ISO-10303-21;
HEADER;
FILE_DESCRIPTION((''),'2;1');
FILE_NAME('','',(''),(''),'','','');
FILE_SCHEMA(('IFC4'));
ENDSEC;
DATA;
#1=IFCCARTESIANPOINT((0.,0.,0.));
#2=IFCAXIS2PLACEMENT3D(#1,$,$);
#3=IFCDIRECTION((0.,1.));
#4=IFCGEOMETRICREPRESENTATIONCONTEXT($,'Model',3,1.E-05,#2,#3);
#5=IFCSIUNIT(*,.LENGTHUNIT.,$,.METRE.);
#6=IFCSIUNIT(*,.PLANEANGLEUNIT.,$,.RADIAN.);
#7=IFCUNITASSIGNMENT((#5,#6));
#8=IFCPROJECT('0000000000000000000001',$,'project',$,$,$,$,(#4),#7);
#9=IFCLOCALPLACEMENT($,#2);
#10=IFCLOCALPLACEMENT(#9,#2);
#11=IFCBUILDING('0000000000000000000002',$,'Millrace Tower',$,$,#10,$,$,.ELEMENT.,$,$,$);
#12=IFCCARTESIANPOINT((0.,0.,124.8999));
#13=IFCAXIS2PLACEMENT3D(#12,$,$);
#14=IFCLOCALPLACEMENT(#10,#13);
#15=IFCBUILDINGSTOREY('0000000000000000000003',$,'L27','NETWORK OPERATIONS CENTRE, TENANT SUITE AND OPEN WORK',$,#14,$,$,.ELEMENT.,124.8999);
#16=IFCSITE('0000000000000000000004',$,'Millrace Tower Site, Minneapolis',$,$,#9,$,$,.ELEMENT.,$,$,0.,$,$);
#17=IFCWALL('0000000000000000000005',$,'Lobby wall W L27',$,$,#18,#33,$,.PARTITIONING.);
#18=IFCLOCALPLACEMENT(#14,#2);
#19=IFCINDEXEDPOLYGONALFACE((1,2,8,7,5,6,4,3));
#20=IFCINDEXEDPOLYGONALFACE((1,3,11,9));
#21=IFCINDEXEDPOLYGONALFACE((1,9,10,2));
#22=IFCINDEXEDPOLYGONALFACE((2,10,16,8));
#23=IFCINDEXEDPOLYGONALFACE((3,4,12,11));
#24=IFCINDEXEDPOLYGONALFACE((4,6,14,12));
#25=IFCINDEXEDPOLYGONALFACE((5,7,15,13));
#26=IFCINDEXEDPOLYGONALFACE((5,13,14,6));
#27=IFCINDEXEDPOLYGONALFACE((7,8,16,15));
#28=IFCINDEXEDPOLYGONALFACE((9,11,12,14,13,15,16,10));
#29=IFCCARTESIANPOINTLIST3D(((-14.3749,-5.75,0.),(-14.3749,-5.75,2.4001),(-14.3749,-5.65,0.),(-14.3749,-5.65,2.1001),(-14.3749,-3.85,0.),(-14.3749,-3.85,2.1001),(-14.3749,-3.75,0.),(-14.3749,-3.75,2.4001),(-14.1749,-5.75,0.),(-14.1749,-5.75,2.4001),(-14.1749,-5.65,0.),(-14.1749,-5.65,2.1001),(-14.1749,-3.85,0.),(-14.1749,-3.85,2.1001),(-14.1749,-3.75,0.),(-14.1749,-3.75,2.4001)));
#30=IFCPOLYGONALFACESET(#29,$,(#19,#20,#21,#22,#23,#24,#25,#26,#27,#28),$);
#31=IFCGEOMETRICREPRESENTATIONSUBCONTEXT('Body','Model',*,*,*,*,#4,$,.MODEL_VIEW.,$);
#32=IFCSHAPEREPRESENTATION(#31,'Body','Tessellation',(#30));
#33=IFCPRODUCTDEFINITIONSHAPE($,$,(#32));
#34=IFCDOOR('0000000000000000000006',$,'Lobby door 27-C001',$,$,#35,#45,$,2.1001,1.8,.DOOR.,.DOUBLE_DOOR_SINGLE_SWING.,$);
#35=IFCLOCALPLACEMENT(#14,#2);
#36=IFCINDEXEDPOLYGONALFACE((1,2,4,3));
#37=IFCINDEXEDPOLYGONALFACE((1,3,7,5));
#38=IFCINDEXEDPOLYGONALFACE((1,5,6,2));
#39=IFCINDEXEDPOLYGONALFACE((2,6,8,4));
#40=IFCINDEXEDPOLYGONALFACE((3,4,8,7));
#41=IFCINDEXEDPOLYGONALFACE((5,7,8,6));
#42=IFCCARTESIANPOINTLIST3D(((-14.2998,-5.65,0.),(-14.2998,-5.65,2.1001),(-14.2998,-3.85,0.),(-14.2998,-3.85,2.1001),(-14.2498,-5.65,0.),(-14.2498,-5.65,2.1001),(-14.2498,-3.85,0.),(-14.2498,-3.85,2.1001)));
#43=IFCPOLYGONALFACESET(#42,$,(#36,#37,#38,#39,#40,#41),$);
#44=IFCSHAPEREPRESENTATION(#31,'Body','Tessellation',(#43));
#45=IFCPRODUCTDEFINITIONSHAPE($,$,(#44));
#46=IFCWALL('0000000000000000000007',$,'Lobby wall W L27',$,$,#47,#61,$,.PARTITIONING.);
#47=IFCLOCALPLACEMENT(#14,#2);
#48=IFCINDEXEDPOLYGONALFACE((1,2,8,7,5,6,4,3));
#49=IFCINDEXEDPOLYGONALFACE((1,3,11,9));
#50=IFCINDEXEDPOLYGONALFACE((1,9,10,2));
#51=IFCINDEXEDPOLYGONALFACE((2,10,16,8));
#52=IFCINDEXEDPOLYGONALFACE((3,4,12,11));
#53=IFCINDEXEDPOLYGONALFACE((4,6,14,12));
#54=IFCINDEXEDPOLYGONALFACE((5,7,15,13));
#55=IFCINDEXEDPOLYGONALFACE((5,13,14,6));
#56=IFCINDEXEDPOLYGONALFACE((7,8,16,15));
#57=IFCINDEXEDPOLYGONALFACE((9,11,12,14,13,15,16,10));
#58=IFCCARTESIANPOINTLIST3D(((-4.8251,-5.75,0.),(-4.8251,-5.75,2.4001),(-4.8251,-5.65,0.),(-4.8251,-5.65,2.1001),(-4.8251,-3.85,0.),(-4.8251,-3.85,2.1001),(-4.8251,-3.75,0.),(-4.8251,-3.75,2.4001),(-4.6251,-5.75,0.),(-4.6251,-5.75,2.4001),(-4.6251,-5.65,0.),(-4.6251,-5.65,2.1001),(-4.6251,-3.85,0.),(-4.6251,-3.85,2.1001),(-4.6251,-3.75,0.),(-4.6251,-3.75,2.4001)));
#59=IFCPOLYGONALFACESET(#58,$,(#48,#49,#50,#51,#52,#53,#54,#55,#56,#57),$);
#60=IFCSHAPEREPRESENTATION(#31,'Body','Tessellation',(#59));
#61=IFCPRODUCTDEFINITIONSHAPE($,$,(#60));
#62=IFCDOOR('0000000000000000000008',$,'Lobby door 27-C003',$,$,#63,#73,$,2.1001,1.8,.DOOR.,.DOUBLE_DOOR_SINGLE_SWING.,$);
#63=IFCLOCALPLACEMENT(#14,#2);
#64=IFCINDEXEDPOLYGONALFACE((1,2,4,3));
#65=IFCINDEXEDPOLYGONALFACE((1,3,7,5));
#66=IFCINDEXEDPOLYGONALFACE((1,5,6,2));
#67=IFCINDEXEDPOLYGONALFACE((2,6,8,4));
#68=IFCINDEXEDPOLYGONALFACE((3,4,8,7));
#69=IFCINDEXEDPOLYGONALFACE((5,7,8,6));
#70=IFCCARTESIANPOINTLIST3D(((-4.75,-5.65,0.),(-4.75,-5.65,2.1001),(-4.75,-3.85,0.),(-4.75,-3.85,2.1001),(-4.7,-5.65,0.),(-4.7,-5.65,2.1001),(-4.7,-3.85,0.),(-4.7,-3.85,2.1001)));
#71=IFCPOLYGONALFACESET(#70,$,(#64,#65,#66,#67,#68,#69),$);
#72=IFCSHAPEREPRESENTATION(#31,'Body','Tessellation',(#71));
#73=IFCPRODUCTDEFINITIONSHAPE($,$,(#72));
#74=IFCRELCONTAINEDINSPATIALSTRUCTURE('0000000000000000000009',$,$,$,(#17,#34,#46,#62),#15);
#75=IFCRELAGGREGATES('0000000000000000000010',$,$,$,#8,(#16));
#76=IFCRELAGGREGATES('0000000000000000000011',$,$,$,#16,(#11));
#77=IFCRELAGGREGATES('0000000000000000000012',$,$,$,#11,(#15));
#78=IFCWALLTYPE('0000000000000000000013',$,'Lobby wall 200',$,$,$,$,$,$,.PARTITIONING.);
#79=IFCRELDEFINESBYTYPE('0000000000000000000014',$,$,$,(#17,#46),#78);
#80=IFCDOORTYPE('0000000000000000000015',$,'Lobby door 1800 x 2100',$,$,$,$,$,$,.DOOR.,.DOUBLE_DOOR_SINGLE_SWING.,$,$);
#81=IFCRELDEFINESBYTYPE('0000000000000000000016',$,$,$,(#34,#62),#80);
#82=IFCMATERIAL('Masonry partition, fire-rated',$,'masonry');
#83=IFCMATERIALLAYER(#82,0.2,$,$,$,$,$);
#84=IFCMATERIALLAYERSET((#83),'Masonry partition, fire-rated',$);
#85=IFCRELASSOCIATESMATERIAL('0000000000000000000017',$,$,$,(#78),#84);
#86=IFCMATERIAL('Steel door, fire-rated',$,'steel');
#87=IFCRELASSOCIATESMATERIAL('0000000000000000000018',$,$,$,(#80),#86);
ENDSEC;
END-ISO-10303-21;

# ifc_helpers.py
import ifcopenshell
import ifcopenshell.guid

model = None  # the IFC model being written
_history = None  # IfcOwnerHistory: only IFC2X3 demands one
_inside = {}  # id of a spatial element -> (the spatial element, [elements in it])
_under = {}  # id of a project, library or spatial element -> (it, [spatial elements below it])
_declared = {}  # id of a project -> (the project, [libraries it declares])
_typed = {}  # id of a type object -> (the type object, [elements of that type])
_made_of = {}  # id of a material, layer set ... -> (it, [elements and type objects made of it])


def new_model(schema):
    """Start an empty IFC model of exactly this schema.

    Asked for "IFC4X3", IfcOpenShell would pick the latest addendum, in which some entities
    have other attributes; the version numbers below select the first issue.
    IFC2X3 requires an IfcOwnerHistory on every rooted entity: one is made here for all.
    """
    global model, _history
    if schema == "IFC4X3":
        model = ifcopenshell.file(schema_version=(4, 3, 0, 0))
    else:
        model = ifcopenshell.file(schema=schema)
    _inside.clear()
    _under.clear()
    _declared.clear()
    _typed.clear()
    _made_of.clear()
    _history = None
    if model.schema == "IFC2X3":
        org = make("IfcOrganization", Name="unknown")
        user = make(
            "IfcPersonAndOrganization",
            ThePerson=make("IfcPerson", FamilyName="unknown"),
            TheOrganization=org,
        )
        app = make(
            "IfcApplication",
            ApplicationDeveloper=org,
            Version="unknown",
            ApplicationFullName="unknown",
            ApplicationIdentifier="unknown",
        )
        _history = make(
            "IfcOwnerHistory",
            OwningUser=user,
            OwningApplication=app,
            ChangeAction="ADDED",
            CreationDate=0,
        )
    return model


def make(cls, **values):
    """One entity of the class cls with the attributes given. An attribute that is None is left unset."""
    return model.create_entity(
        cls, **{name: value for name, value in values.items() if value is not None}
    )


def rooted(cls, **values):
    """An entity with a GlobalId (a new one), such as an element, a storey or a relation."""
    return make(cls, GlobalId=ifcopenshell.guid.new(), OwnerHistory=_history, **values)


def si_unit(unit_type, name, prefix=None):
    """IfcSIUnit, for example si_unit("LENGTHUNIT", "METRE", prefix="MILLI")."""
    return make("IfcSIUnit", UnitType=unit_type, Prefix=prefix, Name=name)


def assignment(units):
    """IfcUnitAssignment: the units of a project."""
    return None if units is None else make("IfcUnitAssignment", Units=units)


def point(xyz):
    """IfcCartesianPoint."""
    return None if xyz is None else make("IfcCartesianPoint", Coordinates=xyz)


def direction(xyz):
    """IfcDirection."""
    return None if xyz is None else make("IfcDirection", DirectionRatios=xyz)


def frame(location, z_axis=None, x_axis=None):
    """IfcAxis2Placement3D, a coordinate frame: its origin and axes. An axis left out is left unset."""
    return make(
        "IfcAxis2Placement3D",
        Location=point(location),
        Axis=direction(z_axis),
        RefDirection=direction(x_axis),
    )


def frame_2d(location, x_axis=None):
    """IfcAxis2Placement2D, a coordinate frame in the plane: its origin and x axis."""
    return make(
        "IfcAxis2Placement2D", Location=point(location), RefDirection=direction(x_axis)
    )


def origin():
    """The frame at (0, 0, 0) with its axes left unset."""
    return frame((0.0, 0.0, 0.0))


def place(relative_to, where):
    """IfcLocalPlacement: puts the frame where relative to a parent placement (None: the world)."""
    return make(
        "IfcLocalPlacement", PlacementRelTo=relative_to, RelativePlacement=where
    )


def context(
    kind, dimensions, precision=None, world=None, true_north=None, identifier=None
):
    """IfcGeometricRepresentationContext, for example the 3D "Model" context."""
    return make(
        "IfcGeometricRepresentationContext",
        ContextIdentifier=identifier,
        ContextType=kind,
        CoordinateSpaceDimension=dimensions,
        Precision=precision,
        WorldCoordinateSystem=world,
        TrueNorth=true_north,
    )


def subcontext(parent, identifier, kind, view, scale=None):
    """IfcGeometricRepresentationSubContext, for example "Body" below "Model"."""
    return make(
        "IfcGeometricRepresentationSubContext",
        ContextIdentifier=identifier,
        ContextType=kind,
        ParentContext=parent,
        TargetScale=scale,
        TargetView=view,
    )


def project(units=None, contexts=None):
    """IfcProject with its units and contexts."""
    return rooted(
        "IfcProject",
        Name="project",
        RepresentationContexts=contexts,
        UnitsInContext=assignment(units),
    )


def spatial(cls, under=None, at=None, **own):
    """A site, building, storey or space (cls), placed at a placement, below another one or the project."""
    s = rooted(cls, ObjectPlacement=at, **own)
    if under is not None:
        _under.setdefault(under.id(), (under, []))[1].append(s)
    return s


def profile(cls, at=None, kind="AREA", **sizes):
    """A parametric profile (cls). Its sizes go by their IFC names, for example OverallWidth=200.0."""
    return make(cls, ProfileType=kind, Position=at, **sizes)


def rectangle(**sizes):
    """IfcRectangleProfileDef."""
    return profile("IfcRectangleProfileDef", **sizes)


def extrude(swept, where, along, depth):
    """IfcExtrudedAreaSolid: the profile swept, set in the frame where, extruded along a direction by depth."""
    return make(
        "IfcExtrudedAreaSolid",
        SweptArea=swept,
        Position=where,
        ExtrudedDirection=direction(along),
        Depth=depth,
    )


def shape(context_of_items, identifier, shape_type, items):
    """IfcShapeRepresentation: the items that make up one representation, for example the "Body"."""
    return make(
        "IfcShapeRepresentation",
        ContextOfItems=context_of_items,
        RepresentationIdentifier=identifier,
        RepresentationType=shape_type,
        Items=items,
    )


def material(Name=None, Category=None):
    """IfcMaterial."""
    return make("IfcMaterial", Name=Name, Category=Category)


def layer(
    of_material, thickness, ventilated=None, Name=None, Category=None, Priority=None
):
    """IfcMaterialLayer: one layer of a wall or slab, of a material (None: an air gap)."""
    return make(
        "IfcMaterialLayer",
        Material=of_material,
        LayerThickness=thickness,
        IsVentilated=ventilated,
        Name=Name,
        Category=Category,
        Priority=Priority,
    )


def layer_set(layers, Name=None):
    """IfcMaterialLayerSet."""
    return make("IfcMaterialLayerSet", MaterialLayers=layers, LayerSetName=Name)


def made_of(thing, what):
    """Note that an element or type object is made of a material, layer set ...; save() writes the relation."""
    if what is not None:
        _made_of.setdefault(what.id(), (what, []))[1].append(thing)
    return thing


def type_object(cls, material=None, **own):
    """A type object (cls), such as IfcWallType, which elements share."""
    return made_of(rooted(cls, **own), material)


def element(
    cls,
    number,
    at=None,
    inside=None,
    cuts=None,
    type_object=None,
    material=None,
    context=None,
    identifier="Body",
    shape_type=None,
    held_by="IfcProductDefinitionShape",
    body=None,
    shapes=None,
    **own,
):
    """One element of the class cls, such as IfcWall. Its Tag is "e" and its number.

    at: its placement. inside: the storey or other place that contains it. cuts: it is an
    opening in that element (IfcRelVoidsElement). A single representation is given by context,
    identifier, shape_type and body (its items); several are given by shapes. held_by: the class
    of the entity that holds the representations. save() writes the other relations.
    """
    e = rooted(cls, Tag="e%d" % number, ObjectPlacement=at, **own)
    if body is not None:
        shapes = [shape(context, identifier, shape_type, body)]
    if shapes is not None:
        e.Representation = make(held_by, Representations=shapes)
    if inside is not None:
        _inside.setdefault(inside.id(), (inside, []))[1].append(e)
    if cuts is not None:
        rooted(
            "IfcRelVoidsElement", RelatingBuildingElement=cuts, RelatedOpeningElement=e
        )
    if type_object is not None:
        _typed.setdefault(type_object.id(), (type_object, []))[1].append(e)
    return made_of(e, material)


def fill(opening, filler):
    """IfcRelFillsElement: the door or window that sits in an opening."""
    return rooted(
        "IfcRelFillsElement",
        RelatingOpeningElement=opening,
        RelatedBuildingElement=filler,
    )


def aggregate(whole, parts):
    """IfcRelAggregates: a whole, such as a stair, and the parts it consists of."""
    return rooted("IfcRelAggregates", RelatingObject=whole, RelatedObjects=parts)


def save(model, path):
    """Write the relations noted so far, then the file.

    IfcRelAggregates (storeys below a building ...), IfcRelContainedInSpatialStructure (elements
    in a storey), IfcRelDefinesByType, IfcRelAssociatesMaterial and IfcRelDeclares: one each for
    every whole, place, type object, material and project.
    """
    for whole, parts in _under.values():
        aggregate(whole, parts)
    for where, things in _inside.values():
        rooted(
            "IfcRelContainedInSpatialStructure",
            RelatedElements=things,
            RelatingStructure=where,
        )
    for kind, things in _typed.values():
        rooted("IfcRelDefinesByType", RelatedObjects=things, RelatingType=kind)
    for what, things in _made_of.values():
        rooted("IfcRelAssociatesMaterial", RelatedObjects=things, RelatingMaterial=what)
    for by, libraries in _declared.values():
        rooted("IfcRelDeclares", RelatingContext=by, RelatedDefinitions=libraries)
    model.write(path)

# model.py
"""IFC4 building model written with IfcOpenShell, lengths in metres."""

from ifc_helpers import new_model, si_unit, direction, frame, frame_2d, origin, place, context, subcontext, project, spatial, rectangle, extrude, material, layer, layer_set, type_object, element, fill, save


model = new_model("IFC4")

# Units and contexts
model_context = context("Model", 3, precision=1e-05, world=origin(), true_north=direction((0.0, 1.0)))
body_context = subcontext(model_context, "Body", "Model", "MODEL_VIEW")
ifc_project = project(units=[si_unit("LENGTHUNIT", "METRE"), si_unit("PLANEANGLEUNIT", "RADIAN")], contexts=[model_context])

# Site, building, storey
site_placement = place(None, origin())
site = spatial("IfcSite", under=ifc_project, at=site_placement, Name="Millrace Tower Site, Minneapolis", CompositionType="ELEMENT", RefElevation=0.0)
building_placement = place(site_placement, origin())
building = spatial("IfcBuilding", under=site, at=building_placement, Name="Millrace Tower", CompositionType="ELEMENT")
storey_placement = place(building_placement, frame((0.0, 0.0, 124.8999)))
storey = spatial("IfcBuildingStorey", under=building, at=storey_placement, Name="L27", Description="NETWORK OPERATIONS CENTRE, TENANT SUITE AND OPEN WORK", CompositionType="ELEMENT", Elevation=124.8999)

# Walls, openings, doors
ifc_material_1 = material(Name="Masonry partition, fire-rated", Category="masonry")
ifc_layer_1 = layer(ifc_material_1, 0.2)
ifc_layer_set_1 = layer_set([ifc_layer_1], Name="Masonry partition, fire-rated")
wall_type_1 = type_object("IfcWallType", Name="Lobby wall 200", PredefinedType="PARTITIONING", material=ifc_layer_set_1)
wall_1_placement = place(storey_placement, frame((-14.2749, -5.75, 0.0), z_axis=(0.0, 0.0, 1.0), x_axis=(0.0, 1.0, 0.0)))
wall_1 = element("IfcWall", 1, at=wall_1_placement, inside=storey, type_object=wall_type_1, Name="Lobby wall W L27", PredefinedType="PARTITIONING", context=body_context, shape_type="SweptSolid", body=[
    extrude(rectangle(XDim=2.0, YDim=0.2, at=frame_2d((1.0, 0.0))), origin(), (0.0, 0.0, 1.0), 2.4001),
])
opening_1_placement = place(wall_1_placement, frame((0.1001, 0.0, 0.0)))
opening_1 = element("IfcOpeningElement", 2, at=opening_1_placement, cuts=wall_1, PredefinedType="OPENING", context=body_context, shape_type="SweptSolid", body=[
    extrude(rectangle(XDim=1.8, YDim=2.1001, at=frame_2d((0.8999, 1.05))), frame((0.0, 0.1099, 0.0), z_axis=(0.0, -1.0, 0.0), x_axis=(1.0, 0.0, 0.0)), (0.0, 0.0, 1.0), 0.22),
])
ifc_material_2 = material(Name="Steel door, fire-rated", Category="steel")
door_type_1 = type_object("IfcDoorType", Name="Lobby door 1800 x 2100", OperationType="DOUBLE_DOOR_SINGLE_SWING", PredefinedType="DOOR", material=ifc_material_2)
door_1_placement = place(opening_1_placement, origin())
door_1 = element("IfcDoor", 3, at=door_1_placement, inside=storey, type_object=door_type_1, Name="Lobby door 27-C001", OperationType="DOUBLE_DOOR_SINGLE_SWING", OverallHeight=2.1001, OverallWidth=1.8, PredefinedType="DOOR", context=body_context, shape_type="SweptSolid", body=[
    extrude(rectangle(XDim=1.8, YDim=2.1001, at=frame_2d((0.8999, 1.05))), frame((0.0, 0.0249, 0.0), z_axis=(0.0, -1.0, 0.0), x_axis=(1.0, 0.0, 0.0)), (0.0, 0.0, 1.0), 0.05),
])
fill(opening_1, door_1)
wall_2_placement = place(storey_placement, frame((-4.7251, -5.75, 0.0), z_axis=(0.0, 0.0, 1.0), x_axis=(0.0, 1.0, 0.0)))
wall_2 = element("IfcWall", 4, at=wall_2_placement, inside=storey, type_object=wall_type_1, Name="Lobby wall W L27", PredefinedType="PARTITIONING", context=body_context, shape_type="SweptSolid", body=[
    extrude(rectangle(XDim=2.0, YDim=0.2, at=frame_2d((1.0, 0.0))), origin(), (0.0, 0.0, 1.0), 2.4001),
])
opening_2_placement = place(wall_2_placement, frame((0.1001, 0.0, 0.0)))
opening_2 = element("IfcOpeningElement", 5, at=opening_2_placement, cuts=wall_2, PredefinedType="OPENING", context=body_context, shape_type="SweptSolid", body=[
    extrude(rectangle(XDim=1.8, YDim=2.1001, at=frame_2d((0.8999, 1.05))), frame((0.0, 0.1099, 0.0), z_axis=(0.0, -1.0, 0.0), x_axis=(1.0, 0.0, 0.0)), (0.0, 0.0, 1.0), 0.22),
])
door_2_placement = place(opening_2_placement, origin())
door_2 = element("IfcDoor", 6, at=door_2_placement, inside=storey, type_object=door_type_1, Name="Lobby door 27-C003", OperationType="DOUBLE_DOOR_SINGLE_SWING", OverallHeight=2.1001, OverallWidth=1.8, PredefinedType="DOOR", context=body_context, shape_type="SweptSolid", body=[
    extrude(rectangle(XDim=1.8, YDim=2.1001, at=frame_2d((0.8999, 1.05))), frame((0.0, 0.0249, 0.0), z_axis=(0.0, -1.0, 0.0), x_axis=(1.0, 0.0, 0.0)), (0.0, 0.0, 1.0), 0.05),
])
fill(opening_2, door_2)

save(model, "model.ifc")
